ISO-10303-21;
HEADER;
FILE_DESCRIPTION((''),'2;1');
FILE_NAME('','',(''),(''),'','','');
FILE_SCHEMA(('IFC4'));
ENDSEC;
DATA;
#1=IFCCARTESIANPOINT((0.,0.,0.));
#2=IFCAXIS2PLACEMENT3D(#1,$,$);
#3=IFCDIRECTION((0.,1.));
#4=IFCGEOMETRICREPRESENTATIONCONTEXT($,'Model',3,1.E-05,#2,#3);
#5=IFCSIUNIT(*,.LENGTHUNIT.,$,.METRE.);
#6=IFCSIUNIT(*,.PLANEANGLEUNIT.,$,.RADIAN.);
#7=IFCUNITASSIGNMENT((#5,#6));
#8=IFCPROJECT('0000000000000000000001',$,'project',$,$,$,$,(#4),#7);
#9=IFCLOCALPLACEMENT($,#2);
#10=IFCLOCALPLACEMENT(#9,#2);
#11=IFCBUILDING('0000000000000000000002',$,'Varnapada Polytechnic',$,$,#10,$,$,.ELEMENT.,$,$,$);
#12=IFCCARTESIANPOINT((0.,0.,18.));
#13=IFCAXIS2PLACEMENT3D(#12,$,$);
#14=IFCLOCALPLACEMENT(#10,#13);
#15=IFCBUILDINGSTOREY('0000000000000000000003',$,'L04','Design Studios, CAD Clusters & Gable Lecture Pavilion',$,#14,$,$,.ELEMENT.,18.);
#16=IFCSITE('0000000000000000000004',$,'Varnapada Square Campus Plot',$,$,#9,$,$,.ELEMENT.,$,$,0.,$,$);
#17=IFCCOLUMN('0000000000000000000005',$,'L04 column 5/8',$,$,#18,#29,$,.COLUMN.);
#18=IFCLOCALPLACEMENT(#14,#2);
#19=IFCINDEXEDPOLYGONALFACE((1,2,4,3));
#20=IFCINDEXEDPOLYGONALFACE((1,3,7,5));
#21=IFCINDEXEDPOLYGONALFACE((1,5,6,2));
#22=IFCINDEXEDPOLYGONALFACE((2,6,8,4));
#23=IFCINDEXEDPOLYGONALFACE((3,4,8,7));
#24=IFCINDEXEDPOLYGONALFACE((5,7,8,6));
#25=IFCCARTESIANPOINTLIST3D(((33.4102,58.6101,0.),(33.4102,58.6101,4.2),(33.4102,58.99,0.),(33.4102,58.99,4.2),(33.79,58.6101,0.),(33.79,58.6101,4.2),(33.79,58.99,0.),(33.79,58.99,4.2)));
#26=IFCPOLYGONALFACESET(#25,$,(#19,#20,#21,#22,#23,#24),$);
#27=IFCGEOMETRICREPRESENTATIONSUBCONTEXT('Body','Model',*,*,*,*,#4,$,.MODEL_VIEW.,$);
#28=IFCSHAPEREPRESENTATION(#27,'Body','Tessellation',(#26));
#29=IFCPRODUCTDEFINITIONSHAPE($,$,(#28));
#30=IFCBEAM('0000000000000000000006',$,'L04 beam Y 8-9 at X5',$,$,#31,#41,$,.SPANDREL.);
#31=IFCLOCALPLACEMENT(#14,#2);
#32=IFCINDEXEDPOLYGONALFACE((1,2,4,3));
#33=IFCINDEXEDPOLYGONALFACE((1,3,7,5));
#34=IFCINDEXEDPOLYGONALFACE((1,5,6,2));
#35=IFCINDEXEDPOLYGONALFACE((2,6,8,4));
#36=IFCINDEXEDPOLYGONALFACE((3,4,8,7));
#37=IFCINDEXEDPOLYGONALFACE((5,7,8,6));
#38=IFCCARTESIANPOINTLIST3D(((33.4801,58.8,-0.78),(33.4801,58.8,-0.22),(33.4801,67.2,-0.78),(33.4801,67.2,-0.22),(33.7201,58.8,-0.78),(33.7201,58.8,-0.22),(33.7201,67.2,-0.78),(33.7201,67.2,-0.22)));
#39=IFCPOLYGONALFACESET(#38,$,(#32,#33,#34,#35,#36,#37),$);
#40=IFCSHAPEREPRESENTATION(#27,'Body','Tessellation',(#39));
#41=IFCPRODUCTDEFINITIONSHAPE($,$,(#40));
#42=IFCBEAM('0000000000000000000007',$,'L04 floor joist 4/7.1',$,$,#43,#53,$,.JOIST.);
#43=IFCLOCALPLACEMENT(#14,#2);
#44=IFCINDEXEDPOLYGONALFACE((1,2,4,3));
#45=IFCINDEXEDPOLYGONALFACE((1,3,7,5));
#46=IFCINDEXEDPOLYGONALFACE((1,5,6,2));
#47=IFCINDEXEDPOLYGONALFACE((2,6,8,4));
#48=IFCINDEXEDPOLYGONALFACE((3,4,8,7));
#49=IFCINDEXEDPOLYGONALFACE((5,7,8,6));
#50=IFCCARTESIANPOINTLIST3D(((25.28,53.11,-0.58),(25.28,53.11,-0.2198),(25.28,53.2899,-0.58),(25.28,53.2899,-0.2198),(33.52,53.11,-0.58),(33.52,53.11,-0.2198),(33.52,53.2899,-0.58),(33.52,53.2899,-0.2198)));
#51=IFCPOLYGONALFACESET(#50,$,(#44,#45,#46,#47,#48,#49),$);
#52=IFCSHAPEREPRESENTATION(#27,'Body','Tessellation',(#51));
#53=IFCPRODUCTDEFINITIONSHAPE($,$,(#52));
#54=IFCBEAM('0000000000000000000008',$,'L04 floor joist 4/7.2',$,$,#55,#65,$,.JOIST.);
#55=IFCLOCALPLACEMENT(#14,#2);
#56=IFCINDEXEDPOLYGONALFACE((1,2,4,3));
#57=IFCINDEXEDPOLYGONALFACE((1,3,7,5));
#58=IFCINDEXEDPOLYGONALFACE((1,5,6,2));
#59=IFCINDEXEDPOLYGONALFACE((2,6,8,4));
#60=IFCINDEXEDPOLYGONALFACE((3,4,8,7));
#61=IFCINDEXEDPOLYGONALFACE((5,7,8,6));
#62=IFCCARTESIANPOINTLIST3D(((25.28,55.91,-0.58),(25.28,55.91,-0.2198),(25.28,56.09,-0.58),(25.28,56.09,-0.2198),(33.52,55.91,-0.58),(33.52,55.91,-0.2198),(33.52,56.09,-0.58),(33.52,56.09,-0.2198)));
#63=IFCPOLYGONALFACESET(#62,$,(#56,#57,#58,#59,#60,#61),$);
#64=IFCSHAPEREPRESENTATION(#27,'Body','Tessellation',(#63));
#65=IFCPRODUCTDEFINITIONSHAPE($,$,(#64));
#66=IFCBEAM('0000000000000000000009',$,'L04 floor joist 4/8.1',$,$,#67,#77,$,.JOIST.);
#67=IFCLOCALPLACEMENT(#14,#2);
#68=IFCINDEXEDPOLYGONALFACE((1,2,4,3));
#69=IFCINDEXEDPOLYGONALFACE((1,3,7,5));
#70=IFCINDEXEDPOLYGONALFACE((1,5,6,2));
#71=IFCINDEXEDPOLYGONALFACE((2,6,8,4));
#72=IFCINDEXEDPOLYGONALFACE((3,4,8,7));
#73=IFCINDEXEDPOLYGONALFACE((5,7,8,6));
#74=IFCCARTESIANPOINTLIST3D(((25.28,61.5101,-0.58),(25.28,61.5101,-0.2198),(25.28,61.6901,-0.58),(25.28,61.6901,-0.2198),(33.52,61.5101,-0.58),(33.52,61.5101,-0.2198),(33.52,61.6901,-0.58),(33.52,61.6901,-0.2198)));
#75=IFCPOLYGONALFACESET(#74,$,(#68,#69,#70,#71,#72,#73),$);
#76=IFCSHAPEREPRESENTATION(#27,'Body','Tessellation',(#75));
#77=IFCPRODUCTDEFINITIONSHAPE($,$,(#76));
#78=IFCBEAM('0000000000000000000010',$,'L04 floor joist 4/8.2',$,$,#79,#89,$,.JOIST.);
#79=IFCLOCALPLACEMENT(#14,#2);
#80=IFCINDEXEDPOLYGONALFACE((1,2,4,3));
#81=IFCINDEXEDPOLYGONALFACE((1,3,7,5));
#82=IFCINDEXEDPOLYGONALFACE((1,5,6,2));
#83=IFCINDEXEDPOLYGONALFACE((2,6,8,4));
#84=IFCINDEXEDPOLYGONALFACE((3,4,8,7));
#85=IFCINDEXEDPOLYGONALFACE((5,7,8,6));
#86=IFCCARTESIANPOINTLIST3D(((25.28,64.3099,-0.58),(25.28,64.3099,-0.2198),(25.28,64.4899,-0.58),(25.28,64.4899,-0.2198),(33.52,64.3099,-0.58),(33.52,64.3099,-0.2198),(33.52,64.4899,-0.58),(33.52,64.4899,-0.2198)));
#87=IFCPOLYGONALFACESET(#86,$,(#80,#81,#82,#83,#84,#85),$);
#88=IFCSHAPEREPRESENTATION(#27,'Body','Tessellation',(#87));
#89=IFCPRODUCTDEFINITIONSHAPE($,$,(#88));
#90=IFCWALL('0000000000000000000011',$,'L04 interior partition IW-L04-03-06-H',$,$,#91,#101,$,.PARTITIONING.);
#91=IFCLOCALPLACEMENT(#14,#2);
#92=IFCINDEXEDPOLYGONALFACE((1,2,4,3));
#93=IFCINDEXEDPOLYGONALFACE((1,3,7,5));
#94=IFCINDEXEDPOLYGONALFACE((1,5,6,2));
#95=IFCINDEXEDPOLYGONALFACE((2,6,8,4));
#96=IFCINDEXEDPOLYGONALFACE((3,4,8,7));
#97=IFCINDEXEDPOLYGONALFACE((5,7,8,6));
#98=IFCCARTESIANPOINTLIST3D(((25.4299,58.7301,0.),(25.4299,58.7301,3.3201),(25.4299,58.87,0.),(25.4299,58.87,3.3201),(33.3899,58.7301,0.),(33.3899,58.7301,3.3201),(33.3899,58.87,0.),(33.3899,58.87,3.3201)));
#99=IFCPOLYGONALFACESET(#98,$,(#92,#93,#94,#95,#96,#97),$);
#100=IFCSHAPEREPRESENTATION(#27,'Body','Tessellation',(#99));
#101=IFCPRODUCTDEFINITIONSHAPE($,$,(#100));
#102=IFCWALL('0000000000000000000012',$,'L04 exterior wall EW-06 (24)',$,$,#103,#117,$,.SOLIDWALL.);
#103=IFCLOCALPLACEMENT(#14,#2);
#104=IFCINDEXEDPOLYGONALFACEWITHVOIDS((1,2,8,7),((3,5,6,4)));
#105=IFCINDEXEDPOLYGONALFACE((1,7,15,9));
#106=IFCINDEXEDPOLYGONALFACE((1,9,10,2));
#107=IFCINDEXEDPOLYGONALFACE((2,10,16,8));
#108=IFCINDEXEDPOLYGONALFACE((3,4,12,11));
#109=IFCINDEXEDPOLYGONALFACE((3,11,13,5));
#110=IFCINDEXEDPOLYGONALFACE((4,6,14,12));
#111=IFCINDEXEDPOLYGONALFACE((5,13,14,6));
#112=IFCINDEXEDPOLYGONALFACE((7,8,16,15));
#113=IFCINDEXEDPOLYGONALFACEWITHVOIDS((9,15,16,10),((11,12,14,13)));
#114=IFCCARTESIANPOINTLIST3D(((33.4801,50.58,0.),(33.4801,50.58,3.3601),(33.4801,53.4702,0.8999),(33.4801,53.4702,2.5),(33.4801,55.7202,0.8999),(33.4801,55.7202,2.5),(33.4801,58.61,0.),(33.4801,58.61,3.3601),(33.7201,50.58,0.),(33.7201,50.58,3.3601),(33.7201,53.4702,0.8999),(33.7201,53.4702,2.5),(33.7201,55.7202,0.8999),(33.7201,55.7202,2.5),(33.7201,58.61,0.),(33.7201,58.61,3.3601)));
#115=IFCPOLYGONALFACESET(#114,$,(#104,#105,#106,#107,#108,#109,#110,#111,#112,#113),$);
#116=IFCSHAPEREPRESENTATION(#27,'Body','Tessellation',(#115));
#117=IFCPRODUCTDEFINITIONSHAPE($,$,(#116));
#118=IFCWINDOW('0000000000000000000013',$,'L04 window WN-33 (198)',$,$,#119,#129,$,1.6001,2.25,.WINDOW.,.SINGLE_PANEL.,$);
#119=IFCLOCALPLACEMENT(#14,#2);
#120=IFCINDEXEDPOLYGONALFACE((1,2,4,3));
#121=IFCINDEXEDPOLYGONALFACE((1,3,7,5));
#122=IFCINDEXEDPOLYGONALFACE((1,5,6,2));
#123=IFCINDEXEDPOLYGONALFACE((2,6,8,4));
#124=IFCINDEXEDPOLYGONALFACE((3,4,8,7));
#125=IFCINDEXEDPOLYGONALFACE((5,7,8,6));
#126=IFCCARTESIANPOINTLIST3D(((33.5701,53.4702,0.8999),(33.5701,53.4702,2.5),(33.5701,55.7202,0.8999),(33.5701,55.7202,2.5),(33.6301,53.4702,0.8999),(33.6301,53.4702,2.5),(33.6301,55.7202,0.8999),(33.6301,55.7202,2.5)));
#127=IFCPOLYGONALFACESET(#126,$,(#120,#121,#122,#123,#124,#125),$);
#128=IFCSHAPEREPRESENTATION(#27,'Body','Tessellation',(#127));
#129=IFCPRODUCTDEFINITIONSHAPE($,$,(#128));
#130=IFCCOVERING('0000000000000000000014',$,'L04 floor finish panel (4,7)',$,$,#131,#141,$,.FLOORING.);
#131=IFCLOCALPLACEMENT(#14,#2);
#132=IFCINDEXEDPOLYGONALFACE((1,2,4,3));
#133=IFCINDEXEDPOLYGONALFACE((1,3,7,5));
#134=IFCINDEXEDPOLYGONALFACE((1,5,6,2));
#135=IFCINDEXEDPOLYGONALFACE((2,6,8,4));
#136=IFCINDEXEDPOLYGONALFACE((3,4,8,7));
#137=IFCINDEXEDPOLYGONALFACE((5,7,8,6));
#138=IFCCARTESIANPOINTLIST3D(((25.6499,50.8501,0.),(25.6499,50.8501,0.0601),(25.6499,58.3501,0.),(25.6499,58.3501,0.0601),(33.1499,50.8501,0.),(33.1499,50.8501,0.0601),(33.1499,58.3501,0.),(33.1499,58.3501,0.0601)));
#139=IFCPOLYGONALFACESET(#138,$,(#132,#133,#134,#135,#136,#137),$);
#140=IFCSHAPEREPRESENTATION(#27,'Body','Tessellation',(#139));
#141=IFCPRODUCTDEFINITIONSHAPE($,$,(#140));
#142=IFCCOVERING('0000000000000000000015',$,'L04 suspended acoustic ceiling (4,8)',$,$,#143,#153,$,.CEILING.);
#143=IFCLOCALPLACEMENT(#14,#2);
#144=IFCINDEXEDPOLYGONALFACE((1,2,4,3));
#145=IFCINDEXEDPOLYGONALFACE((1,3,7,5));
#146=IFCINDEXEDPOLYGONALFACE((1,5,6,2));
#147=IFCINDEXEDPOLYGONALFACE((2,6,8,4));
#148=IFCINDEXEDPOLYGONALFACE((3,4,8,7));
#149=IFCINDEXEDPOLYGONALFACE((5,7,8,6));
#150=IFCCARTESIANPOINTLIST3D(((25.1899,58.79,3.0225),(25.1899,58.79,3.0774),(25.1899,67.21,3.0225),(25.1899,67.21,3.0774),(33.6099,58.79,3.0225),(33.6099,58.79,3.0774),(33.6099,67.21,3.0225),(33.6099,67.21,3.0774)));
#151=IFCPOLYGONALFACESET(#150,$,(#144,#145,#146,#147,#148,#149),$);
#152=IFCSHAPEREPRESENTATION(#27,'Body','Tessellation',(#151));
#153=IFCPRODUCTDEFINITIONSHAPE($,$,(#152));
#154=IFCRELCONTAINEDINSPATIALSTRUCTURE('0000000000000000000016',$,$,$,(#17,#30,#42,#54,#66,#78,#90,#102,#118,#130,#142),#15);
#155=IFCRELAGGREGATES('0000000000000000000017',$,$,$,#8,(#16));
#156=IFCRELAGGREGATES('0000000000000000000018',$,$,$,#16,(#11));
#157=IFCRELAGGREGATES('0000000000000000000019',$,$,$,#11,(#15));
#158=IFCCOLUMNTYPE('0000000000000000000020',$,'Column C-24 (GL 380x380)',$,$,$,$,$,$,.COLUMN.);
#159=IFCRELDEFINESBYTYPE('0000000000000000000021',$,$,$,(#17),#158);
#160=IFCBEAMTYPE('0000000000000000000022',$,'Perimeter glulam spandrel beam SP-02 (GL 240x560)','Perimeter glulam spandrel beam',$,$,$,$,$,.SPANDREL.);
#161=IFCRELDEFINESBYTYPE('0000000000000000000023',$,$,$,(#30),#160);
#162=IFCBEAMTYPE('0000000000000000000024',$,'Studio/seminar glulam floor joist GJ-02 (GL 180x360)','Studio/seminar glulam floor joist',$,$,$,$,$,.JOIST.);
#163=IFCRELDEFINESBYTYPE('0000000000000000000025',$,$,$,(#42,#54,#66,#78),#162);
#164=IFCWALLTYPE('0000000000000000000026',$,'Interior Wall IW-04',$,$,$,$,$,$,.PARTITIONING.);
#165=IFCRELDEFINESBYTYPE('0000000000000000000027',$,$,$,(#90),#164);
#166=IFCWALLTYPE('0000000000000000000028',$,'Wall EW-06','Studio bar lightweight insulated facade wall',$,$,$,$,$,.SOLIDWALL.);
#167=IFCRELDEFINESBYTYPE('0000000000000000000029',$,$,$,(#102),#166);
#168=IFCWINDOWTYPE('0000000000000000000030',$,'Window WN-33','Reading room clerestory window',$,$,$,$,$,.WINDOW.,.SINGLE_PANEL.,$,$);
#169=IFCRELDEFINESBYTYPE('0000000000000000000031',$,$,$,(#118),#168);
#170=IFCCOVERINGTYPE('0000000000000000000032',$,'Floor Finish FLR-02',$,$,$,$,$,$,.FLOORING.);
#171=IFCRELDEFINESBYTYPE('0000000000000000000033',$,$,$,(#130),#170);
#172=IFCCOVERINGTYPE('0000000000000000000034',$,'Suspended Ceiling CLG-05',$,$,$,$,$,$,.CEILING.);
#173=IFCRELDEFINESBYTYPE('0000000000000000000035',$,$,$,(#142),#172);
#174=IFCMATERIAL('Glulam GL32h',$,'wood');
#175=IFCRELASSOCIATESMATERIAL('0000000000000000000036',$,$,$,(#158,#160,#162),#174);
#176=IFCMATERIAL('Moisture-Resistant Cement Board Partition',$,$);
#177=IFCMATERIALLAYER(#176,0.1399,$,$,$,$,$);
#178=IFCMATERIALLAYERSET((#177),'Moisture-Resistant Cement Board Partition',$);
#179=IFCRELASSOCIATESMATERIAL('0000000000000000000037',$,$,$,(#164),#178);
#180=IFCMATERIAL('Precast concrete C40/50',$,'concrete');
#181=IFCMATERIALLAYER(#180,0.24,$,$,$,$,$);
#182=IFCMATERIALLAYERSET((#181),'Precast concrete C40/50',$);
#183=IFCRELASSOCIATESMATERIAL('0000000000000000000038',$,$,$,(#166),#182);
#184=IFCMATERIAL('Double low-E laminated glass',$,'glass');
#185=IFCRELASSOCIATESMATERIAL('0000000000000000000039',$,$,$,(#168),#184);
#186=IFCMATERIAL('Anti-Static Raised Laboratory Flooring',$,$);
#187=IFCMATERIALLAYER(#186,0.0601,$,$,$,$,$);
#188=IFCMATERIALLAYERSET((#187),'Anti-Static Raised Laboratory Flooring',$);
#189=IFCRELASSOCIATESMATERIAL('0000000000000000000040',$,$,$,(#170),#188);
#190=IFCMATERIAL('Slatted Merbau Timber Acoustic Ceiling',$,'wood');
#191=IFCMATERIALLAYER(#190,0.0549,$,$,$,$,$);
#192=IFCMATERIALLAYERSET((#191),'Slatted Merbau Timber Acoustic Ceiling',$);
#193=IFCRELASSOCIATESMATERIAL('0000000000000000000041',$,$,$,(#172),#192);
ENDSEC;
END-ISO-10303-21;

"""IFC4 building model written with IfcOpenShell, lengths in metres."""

from ifc_helpers import new_model, si_unit, direction, frame, frame_2d, origin, origin_2d, place, context, subcontext, project, spatial, rectangle, extrude, material, layer, layer_set, material_profile, profile_set, type_object, element, fill, save


model = new_model("IFC4")

# Units and contexts
model_context = context("Model", 3, precision=1e-05, world=origin(), true_north=direction((0.0, 1.0)))
body_context = subcontext(model_context, "Body", "Model", "MODEL_VIEW")
ifc_project = project(units=[si_unit("LENGTHUNIT", "METRE"), si_unit("PLANEANGLEUNIT", "RADIAN")], contexts=[model_context])

# Site, building, storey
site_placement = place(None, origin())
site = spatial("IfcSite", under=ifc_project, at=site_placement, Name="Varnapada Square Campus Plot", CompositionType="ELEMENT", RefElevation=0.0)
building_placement = place(site_placement, origin())
building = spatial("IfcBuilding", under=site, at=building_placement, Name="Varnapada Polytechnic", CompositionType="ELEMENT")
storey_placement = place(building_placement, frame((0.0, 0.0, 18.0)))
storey = spatial("IfcBuildingStorey", under=building, at=storey_placement, Name="L04", Description="Design Studios, CAD Clusters & Gable Lecture Pavilion", CompositionType="ELEMENT", Elevation=18.0)

# Column
ifc_material_1 = material(Name="Glulam GL32h", Category="wood")
ifc_material_profile_1 = material_profile(ifc_material_1, rectangle(XDim=0.3799, YDim=0.3799, at=origin_2d()), Name="GL 380x380")
ifc_profile_set_1 = profile_set([ifc_material_profile_1], Name="Glulam GL32h")
column_type = type_object("IfcColumnType", Name="Column C-24 (GL 380x380)", PredefinedType="COLUMN", material=ifc_profile_set_1)
column_placement = place(storey_placement, frame((33.6001, 58.8, 0.0), z_axis=(0.0, 0.0, 1.0), x_axis=(1.0, 0.0, 0.0)))
element("IfcColumn", 1, at=column_placement, inside=storey, type_object=column_type, Name="L04 column 5/8", PredefinedType="COLUMN", context=body_context, shape_type="SweptSolid", body=[
    extrude(rectangle(XDim=0.3799, YDim=0.3799, at=origin_2d()), origin(), (0.0, 0.0, 1.0), 4.2),
])

# Beams
ifc_material_profile_2 = material_profile(ifc_material_1, rectangle(XDim=0.24, YDim=0.5601, at=origin_2d()), Name="GL 240x560")
ifc_profile_set_2 = profile_set([ifc_material_profile_2], Name="Glulam GL32h")
beam_type_1 = type_object("IfcBeamType", Name="Perimeter glulam spandrel beam SP-02 (GL 240x560)", Description="Perimeter glulam spandrel beam", PredefinedType="SPANDREL", material=ifc_profile_set_2)
beam_placement = place(storey_placement, frame((33.6001, 58.8, -0.5), z_axis=(0.0, 1.0, 0.0), x_axis=(-1.0, 0.0, 0.0)))
element("IfcBeam", 2, at=beam_placement, inside=storey, type_object=beam_type_1, Name="L04 beam Y 8-9 at X5", PredefinedType="SPANDREL", context=body_context, shape_type="SweptSolid", body=[
    extrude(rectangle(XDim=0.24, YDim=0.5601, at=origin_2d()), origin(), (0.0, 0.0, 1.0), 8.3999),
])
ifc_material_profile_3 = material_profile(ifc_material_1, rectangle(XDim=0.1799, YDim=0.3601, at=origin_2d()), Name="GL 180x360")
ifc_profile_set_3 = profile_set([ifc_material_profile_3], Name="Glulam GL32h")
beam_type_2 = type_object("IfcBeamType", Name="Studio/seminar glulam floor joist GJ-02 (GL 180x360)", Description="Studio/seminar glulam floor joist", PredefinedType="JOIST", material=ifc_profile_set_3)
for number, where, z_axis, x_axis, name in (
    (3, (25.28, 53.2, -0.3999), (1.0, 0.0, 0.0), (0.0, 1.0, 0.0), "L04 floor joist 4/7.1"),
    (4, (25.28, 56.0, -0.3999), (1.0, 0.0, 0.0), (0.0, 1.0, 0.0), "L04 floor joist 4/7.2"),
    (5, (25.28, 61.6001, -0.3999), (1.0, 0.0, 0.0), (0.0, 1.0, 0.0), "L04 floor joist 4/8.1"),
    (6, (25.28, 64.3999, -0.3999), (1.0, 0.0, 0.0), (0.0, 1.0, 0.0), "L04 floor joist 4/8.2"),
):
    element("IfcBeam", number, at=place(storey_placement, frame(where, z_axis=z_axis, x_axis=x_axis)), inside=storey, type_object=beam_type_2, Name=name, PredefinedType="JOIST", context=body_context, shape_type="SweptSolid", body=[
        extrude(rectangle(XDim=0.1799, YDim=0.3601, at=origin_2d()), origin(), (0.0, 0.0, 1.0), 8.24),
    ])

# Wall
ifc_material_2 = material(Name="Moisture-Resistant Cement Board Partition")
ifc_layer_1 = layer(ifc_material_2, 0.1399)
ifc_layer_set_1 = layer_set([ifc_layer_1], Name="Moisture-Resistant Cement Board Partition")
wall_type_1 = type_object("IfcWallType", Name="Interior Wall IW-04", PredefinedType="PARTITIONING", material=ifc_layer_set_1)
wall_1_placement = place(storey_placement, frame((25.4299, 58.8, 0.0), z_axis=(0.0, 0.0, 1.0), x_axis=(1.0, 0.0, 0.0)))
element("IfcWall", 7, at=wall_1_placement, inside=storey, type_object=wall_type_1, Name="L04 interior partition IW-L04-03-06-H", PredefinedType="PARTITIONING", context=body_context, shape_type="SweptSolid", body=[
    extrude(rectangle(XDim=7.96, YDim=0.1399, at=frame_2d((3.98, 0.0))), origin(), (0.0, 0.0, 1.0), 3.3201),
])

# Wall, opening, window
ifc_material_3 = material(Name="Precast concrete C40/50", Category="concrete")
ifc_layer_2 = layer(ifc_material_3, 0.24)
ifc_layer_set_2 = layer_set([ifc_layer_2], Name="Precast concrete C40/50")
wall_type_2 = type_object("IfcWallType", Name="Wall EW-06", Description="Studio bar lightweight insulated facade wall", PredefinedType="SOLIDWALL", material=ifc_layer_set_2)
wall_2_placement = place(storey_placement, frame((33.6001, 58.6101, 0.0), z_axis=(0.0, 0.0, 1.0), x_axis=(0.0, -1.0, 0.0)))
wall_2 = element("IfcWall", 8, at=wall_2_placement, inside=storey, type_object=wall_type_2, Name="L04 exterior wall EW-06 (24)", PredefinedType="SOLIDWALL", context=body_context, shape_type="SweptSolid", body=[
    extrude(rectangle(XDim=8.03, YDim=0.24, at=frame_2d((4.0151, 0.0))), origin(), (0.0, 0.0, 1.0), 3.3601),
])
opening_1_placement = place(wall_2_placement, frame((2.8899, 0.0, 0.8999)))
opening_1 = element("IfcOpeningElement", 9, at=opening_1_placement, cuts=wall_2, PredefinedType="OPENING", context=body_context, shape_type="SweptSolid", body=[
    extrude(rectangle(XDim=2.25, YDim=1.6001, at=frame_2d((1.125, 0.8))), frame((0.0, 0.1299, 0.0), z_axis=(0.0, -1.0, 0.0), x_axis=(1.0, 0.0, 0.0)), (0.0, 0.0, 1.0), 0.26),
])
ifc_material_4 = material(Name="Double low-E laminated glass", Category="glass")
window_type = type_object("IfcWindowType", Name="Window WN-33", Description="Reading room clerestory window", PartitioningType="SINGLE_PANEL", PredefinedType="WINDOW", material=ifc_material_4)
window_placement = place(opening_1_placement, origin())
window = element("IfcWindow", 10, at=window_placement, inside=storey, type_object=window_type, Name="L04 window WN-33 (198)", OverallHeight=1.6001, OverallWidth=2.25, PartitioningType="SINGLE_PANEL", PredefinedType="WINDOW", context=body_context, shape_type="SweptSolid", body=[
    extrude(rectangle(XDim=2.25, YDim=1.6001, at=frame_2d((1.125, 0.8))), frame((0.0, 0.03, 0.0), z_axis=(0.0, -1.0, 0.0), x_axis=(1.0, 0.0, 0.0)), (0.0, 0.0, 1.0), 0.0601),
])
fill(opening_1, window)

# Coverings
ifc_material_5 = material(Name="Anti-Static Raised Laboratory Flooring")
ifc_layer_3 = layer(ifc_material_5, 0.0601)
ifc_layer_set_3 = layer_set([ifc_layer_3], Name="Anti-Static Raised Laboratory Flooring")
covering_type_1 = type_object("IfcCoveringType", Name="Floor Finish FLR-02", PredefinedType="FLOORING", material=ifc_layer_set_3)
covering_1_placement = place(storey_placement, frame((29.3999, 54.6001, 0.0), z_axis=(0.0, 0.0, 1.0), x_axis=(1.0, 0.0, 0.0)))
element("IfcCovering", 11, at=covering_1_placement, inside=storey, type_object=covering_type_1, Name="L04 floor finish panel (4,7)", PredefinedType="FLOORING", context=body_context, shape_type="SweptSolid", body=[
    extrude(rectangle(XDim=7.5, YDim=7.5, at=origin_2d()), origin(), (0.0, 0.0, 1.0), 0.0601),
])
ifc_material_6 = material(Name="Slatted Merbau Timber Acoustic Ceiling", Category="wood")
ifc_layer_4 = layer(ifc_material_6, 0.0549)
ifc_layer_set_4 = layer_set([ifc_layer_4], Name="Slatted Merbau Timber Acoustic Ceiling")
covering_type_2 = type_object("IfcCoveringType", Name="Suspended Ceiling CLG-05", PredefinedType="CEILING", material=ifc_layer_set_4)
covering_2_placement = place(storey_placement, frame((29.3999, 63.0, 3.0225), z_axis=(0.0, 0.0, 1.0), x_axis=(1.0, 0.0, 0.0)))
element("IfcCovering", 12, at=covering_2_placement, inside=storey, type_object=covering_type_2, Name="L04 suspended acoustic ceiling (4,8)", PredefinedType="CEILING", context=body_context, shape_type="SweptSolid", body=[
    extrude(rectangle(XDim=8.4199, YDim=8.4199, at=origin_2d()), origin(), (0.0, 0.0, 1.0), 0.0549),
])

save(model, "model.ifc")
